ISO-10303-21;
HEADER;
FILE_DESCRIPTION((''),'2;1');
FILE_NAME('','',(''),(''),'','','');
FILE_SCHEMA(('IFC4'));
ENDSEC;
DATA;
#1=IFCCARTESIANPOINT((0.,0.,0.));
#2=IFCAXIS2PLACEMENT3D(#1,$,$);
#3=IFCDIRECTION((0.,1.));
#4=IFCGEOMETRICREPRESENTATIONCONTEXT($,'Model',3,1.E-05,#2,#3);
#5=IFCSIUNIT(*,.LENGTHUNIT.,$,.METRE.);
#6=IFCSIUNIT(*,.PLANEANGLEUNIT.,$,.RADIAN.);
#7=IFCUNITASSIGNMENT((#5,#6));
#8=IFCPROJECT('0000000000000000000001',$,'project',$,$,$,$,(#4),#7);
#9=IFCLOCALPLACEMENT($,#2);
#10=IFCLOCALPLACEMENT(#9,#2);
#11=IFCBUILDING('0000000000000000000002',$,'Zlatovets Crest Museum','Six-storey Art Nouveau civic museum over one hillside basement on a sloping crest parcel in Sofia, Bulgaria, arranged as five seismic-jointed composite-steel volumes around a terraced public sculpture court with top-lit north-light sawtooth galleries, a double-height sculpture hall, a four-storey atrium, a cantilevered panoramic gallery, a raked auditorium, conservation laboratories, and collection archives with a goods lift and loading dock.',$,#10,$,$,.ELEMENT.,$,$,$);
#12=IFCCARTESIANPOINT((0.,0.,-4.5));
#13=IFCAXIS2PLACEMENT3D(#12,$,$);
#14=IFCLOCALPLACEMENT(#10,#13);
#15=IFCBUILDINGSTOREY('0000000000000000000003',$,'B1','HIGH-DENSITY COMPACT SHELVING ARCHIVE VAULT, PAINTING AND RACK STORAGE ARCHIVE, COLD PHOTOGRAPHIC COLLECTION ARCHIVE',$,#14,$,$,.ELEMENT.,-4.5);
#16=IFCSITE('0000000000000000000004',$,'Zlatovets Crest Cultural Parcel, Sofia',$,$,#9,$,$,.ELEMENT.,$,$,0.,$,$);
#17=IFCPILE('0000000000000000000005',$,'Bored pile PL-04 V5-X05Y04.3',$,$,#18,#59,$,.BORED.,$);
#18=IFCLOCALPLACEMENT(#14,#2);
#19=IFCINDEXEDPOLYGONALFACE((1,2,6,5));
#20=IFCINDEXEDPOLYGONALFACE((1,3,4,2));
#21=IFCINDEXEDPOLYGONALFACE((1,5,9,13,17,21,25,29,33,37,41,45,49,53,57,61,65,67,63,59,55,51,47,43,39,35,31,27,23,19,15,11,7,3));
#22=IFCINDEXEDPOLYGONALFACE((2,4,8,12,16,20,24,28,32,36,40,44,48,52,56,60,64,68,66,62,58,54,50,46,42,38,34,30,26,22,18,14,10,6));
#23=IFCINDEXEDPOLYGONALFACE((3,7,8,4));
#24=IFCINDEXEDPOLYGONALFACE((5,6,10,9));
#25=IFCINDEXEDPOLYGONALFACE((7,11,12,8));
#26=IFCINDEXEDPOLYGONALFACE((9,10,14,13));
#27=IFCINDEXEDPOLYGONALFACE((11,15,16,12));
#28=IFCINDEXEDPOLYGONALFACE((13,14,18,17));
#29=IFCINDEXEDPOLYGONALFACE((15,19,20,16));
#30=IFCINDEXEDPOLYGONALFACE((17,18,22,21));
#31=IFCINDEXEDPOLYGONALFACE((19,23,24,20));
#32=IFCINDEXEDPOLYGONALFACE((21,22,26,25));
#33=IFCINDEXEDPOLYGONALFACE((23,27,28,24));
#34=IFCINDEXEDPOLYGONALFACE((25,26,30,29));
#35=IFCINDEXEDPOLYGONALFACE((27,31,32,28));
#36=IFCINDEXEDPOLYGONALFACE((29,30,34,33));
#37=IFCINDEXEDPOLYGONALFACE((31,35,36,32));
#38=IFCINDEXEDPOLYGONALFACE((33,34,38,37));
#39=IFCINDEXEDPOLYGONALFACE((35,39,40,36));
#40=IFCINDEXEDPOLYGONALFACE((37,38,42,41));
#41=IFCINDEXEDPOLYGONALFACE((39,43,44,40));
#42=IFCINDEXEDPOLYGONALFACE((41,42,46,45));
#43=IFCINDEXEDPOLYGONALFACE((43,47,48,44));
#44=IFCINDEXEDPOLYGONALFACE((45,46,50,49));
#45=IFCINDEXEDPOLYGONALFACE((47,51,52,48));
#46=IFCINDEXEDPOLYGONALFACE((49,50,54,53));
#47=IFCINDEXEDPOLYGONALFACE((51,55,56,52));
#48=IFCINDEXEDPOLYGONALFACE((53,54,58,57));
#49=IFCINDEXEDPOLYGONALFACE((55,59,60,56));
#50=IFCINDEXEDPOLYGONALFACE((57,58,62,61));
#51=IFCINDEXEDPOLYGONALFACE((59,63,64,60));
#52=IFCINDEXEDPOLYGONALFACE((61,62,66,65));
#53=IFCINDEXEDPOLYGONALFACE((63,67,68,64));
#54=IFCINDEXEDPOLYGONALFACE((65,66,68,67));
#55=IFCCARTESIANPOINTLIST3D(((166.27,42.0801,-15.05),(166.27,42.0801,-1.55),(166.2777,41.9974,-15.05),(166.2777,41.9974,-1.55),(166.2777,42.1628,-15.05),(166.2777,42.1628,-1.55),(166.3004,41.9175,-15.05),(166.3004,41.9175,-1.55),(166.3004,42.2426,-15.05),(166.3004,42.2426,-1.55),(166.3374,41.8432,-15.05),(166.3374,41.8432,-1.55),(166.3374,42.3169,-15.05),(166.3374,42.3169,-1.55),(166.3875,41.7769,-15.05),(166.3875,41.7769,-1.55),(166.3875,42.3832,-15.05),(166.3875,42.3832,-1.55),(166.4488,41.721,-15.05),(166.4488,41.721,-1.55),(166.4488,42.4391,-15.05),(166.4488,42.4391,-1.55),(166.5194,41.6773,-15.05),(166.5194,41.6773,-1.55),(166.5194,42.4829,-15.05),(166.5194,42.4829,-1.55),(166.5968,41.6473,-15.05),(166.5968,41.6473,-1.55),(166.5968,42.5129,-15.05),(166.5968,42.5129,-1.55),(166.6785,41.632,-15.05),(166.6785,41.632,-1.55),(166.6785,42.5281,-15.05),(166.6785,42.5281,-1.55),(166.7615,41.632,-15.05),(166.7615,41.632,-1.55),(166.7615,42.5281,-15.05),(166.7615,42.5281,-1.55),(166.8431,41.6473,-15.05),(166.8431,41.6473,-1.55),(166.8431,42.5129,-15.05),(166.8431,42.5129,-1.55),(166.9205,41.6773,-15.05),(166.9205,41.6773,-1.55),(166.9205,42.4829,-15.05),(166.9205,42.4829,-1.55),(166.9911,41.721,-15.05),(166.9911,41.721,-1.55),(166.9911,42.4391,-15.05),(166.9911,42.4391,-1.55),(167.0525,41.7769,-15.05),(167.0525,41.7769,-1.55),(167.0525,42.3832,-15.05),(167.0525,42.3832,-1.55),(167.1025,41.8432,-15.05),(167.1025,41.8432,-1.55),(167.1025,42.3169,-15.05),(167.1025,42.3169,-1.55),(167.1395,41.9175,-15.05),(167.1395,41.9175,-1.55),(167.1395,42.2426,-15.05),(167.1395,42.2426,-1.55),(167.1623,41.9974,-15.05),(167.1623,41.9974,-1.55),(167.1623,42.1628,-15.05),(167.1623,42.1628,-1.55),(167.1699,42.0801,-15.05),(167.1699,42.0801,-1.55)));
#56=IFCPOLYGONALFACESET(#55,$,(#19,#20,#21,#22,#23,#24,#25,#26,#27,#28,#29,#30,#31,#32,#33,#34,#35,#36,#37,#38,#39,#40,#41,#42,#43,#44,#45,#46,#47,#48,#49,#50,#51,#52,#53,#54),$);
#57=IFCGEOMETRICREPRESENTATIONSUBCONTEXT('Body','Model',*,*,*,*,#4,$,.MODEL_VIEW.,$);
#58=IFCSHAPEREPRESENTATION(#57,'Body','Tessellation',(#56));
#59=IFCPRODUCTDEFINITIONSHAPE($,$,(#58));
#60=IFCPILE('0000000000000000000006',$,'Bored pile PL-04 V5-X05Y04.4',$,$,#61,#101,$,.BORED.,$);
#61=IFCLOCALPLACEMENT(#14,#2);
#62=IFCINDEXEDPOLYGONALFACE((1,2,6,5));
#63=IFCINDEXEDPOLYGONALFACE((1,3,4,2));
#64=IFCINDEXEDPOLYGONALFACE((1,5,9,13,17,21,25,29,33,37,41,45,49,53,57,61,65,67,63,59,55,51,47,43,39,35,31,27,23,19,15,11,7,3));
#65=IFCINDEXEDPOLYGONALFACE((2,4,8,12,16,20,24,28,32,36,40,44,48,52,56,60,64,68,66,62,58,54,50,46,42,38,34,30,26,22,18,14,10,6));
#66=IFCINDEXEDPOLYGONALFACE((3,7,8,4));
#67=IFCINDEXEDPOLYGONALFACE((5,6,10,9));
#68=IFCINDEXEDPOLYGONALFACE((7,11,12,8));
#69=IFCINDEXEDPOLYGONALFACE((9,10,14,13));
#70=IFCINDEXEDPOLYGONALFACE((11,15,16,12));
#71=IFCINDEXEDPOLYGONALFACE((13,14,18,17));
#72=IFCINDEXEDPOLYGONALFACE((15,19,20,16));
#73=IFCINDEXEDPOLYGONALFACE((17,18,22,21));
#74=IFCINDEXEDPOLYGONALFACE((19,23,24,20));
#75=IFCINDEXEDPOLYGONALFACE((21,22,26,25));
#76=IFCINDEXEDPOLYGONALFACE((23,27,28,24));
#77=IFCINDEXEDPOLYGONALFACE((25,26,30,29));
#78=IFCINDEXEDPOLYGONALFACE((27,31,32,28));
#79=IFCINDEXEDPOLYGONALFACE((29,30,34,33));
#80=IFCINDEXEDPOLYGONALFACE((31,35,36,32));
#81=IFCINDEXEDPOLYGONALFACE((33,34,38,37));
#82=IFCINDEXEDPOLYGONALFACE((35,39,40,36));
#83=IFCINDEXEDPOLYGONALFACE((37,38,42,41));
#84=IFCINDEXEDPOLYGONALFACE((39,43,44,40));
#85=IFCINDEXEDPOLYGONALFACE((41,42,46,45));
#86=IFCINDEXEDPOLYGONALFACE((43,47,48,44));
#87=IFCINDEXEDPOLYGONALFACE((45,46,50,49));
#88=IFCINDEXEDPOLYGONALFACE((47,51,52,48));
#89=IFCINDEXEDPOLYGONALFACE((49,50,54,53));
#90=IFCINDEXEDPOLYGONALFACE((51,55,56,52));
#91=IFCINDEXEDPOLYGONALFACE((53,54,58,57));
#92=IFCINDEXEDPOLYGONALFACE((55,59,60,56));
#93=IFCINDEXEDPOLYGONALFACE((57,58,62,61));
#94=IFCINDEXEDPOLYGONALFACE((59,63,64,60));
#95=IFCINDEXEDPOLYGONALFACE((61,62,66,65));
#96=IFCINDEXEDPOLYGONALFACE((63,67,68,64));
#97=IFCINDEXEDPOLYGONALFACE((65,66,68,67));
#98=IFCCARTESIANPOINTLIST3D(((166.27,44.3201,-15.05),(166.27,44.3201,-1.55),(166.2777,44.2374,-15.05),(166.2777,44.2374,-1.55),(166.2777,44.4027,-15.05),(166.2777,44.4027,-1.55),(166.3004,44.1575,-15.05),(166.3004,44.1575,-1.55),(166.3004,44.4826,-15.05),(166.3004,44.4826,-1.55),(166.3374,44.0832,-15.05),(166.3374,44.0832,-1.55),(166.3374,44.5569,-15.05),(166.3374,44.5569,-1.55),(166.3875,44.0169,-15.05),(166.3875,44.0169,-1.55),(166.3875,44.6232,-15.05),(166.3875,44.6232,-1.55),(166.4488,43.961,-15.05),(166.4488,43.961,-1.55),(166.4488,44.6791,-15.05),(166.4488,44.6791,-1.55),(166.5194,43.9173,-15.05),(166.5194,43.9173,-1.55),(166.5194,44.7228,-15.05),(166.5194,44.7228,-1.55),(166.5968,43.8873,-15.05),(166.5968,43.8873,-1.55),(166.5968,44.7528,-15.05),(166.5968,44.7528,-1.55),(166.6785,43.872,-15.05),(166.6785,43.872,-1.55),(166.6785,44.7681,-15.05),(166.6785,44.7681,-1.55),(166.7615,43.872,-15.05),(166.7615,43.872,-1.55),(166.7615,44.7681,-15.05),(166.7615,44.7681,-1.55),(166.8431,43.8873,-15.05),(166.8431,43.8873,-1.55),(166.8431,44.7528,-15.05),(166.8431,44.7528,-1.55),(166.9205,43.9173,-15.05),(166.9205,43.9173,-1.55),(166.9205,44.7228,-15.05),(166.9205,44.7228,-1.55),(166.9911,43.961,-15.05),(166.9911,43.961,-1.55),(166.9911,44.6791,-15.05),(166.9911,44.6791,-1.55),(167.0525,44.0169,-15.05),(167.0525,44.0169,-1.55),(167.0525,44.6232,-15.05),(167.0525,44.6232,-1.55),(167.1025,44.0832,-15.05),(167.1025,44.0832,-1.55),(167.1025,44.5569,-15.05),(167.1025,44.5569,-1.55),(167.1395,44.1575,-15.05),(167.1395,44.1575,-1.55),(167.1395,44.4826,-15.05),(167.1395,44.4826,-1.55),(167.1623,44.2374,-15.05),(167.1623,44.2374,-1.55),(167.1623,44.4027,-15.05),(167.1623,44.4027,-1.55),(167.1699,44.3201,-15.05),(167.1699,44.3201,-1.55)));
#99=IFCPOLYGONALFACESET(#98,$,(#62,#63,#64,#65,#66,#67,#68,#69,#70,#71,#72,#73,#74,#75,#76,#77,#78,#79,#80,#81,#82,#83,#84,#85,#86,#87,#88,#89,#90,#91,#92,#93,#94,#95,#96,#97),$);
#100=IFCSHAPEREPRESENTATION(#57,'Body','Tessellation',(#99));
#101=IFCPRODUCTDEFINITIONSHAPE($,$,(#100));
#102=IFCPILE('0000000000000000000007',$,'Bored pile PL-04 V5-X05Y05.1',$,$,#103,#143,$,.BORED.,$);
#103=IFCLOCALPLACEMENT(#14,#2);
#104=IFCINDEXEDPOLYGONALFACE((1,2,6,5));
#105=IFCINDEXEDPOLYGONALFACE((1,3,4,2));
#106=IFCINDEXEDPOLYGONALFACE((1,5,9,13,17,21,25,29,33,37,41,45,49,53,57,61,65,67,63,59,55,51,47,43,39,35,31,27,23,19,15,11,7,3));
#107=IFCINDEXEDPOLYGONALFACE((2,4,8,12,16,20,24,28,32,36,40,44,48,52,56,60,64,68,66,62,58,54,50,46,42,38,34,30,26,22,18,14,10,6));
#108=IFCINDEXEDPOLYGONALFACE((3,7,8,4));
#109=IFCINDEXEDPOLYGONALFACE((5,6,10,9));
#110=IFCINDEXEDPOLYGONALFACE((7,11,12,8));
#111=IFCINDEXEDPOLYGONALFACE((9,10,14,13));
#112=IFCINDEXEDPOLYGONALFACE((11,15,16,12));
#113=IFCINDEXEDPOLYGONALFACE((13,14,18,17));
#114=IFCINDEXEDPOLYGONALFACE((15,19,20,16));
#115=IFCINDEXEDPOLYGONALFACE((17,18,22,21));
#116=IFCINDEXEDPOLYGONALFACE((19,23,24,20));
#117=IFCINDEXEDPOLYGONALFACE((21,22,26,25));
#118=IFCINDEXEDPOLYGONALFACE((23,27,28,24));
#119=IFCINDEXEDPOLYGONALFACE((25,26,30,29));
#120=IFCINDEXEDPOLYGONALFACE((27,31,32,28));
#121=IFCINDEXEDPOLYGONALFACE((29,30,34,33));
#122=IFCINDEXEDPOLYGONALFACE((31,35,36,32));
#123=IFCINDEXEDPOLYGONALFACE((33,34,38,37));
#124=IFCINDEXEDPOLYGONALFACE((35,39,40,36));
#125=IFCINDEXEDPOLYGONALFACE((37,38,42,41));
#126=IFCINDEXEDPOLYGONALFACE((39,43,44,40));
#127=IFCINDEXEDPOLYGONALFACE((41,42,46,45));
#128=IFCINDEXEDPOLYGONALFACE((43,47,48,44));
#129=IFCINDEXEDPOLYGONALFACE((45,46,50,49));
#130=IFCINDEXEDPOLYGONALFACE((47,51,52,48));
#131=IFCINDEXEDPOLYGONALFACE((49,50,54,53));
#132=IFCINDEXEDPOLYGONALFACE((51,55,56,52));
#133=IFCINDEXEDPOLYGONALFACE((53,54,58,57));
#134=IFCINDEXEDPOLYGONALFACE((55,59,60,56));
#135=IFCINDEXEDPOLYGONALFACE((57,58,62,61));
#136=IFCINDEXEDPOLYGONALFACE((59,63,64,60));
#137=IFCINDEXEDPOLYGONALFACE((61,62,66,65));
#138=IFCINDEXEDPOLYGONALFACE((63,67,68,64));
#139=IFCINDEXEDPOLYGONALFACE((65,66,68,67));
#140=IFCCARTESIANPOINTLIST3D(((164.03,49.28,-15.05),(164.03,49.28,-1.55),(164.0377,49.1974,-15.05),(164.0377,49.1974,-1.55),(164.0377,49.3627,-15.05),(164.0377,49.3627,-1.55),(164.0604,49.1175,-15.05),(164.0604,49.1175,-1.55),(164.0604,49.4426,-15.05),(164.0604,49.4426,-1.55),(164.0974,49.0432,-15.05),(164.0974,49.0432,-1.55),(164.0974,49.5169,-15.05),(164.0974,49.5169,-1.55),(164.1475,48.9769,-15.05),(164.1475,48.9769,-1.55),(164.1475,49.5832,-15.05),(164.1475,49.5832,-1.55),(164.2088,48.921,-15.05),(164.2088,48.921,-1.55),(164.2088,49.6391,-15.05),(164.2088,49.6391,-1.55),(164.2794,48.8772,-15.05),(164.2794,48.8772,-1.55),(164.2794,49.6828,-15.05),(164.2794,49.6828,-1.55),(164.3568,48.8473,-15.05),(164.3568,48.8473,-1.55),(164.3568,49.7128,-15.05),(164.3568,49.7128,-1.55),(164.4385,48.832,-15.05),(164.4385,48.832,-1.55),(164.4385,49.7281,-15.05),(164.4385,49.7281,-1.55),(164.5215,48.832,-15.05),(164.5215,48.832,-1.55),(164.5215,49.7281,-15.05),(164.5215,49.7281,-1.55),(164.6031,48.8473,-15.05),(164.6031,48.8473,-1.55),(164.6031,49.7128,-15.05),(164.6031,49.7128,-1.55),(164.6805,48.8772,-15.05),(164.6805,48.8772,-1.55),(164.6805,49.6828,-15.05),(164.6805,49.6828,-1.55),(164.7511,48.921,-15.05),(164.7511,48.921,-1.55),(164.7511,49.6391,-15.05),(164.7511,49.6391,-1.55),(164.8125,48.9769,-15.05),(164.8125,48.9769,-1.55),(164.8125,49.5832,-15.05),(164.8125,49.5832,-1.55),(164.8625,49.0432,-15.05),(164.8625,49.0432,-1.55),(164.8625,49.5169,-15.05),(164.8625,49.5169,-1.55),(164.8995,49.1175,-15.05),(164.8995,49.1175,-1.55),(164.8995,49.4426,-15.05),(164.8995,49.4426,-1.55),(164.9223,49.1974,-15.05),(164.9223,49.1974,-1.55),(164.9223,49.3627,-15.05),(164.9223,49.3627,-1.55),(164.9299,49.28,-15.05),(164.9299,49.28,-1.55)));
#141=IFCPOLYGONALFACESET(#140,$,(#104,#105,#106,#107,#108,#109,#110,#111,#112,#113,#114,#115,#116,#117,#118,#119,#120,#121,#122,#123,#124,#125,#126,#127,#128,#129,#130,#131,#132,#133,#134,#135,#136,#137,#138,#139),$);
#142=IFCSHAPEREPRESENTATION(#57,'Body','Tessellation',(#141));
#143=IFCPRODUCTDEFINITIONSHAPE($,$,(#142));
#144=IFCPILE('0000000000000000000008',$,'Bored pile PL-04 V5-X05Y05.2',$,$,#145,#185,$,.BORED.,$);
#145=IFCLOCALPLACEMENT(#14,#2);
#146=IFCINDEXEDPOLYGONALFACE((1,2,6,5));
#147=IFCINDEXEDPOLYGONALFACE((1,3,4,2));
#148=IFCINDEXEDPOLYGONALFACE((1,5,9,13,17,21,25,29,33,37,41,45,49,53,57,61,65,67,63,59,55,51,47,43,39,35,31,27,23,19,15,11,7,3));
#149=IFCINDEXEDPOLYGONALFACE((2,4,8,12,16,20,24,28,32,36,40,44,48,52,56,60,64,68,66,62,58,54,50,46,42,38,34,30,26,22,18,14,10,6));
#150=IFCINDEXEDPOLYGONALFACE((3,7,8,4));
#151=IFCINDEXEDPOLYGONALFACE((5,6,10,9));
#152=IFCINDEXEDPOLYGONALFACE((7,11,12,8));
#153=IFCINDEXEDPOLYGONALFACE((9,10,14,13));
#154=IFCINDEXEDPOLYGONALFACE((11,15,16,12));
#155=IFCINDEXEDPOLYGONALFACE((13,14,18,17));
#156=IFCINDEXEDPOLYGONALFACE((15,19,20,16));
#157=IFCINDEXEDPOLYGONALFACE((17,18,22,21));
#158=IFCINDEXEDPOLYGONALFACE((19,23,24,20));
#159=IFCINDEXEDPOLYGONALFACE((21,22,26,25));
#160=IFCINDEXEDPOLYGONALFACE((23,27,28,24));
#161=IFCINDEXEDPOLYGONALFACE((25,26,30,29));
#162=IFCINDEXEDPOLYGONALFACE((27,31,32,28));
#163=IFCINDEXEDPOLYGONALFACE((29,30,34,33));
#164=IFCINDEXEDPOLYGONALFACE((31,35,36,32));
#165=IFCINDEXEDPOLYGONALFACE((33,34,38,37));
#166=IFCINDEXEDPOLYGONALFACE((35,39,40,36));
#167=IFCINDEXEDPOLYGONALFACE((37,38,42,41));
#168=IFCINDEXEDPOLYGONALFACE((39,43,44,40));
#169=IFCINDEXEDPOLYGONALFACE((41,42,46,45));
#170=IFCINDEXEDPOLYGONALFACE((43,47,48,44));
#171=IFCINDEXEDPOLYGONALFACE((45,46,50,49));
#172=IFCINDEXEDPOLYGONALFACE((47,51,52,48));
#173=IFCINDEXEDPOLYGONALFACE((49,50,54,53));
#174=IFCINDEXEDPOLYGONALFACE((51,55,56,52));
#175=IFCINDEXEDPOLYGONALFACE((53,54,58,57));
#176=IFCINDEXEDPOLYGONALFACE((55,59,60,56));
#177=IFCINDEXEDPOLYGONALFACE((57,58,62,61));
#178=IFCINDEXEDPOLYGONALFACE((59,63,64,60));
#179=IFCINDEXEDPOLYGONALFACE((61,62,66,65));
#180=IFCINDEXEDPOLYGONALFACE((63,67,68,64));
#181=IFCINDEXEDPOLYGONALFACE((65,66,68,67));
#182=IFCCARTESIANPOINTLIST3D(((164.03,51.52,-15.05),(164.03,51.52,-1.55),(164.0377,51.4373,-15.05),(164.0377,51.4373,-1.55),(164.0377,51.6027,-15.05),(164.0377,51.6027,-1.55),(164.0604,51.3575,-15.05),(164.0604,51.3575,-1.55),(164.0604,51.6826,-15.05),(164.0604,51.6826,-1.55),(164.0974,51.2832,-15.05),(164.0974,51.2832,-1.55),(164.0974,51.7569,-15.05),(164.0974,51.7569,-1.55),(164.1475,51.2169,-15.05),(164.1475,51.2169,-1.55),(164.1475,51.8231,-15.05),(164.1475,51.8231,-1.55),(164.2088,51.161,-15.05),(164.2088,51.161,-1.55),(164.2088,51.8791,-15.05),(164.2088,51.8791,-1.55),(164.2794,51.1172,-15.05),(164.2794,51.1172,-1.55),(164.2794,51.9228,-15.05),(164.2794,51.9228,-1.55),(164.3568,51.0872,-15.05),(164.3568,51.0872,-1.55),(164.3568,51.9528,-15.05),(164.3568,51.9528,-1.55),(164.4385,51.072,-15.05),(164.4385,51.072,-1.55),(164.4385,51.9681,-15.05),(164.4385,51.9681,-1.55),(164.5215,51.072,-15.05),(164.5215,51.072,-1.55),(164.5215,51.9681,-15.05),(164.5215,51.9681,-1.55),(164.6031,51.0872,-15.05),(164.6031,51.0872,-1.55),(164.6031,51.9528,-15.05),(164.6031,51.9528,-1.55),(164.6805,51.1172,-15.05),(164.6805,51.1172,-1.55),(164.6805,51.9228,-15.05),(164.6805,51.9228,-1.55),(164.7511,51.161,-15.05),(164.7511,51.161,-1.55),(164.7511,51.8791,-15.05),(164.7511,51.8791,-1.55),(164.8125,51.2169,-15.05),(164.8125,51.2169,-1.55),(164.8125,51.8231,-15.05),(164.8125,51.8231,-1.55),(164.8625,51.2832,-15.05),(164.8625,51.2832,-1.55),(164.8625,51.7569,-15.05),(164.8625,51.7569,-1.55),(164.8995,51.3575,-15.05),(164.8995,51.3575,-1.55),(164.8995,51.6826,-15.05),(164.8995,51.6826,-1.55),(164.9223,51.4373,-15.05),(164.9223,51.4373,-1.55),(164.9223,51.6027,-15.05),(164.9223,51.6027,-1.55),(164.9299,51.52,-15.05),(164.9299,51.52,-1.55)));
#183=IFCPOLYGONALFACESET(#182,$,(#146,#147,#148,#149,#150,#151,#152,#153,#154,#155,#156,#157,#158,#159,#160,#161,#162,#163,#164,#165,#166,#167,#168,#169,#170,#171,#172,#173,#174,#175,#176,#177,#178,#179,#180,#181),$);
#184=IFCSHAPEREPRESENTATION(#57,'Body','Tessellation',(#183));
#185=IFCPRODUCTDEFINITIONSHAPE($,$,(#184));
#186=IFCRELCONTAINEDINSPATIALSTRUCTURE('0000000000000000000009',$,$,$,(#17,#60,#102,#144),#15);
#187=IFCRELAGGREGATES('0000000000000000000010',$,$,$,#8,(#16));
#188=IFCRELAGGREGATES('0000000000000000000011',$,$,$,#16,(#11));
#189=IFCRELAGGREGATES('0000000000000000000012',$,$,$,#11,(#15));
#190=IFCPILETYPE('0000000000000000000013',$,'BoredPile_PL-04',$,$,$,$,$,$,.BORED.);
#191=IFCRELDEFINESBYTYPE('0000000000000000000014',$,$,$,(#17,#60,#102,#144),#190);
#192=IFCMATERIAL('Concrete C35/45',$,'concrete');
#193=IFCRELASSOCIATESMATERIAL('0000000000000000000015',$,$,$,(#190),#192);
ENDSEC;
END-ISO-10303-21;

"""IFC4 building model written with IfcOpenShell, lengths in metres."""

from ifc_helpers import new_model, si_unit, direction, frame, origin, origin_2d, place, context, subcontext, project, spatial, circle, extrude, material, material_profile, profile_set, type_object, element, save


model = new_model("IFC4")

# Units and contexts
model_context = context("Model", 3, precision=1e-05, world=origin(), true_north=direction((0.0, 1.0)))
body_context = subcontext(model_context, "Body", "Model", "MODEL_VIEW")
ifc_project = project(units=[si_unit("LENGTHUNIT", "METRE"), si_unit("PLANEANGLEUNIT", "RADIAN")], contexts=[model_context])

# Site, building, storey
site_placement = place(None, origin())
site = spatial("IfcSite", under=ifc_project, at=site_placement, Name="Zlatovets Crest Cultural Parcel, Sofia", CompositionType="ELEMENT", RefElevation=0.0)
building_placement = place(site_placement, origin())
building = spatial("IfcBuilding", under=site, at=building_placement, Name="Zlatovets Crest Museum", Description="Six-storey Art Nouveau civic museum over one hillside basement on a sloping crest parcel in Sofia, Bulgaria, arranged as five seismic-jointed composite-steel volumes around a terraced public sculpture court with top-lit north-light sawtooth galleries, a double-height sculpture hall, a four-storey atrium, a cantilevered panoramic gallery, a raked auditorium, conservation laboratories, and collection archives with a goods lift and loading dock.", CompositionType="ELEMENT")
storey_placement = place(building_placement, frame((0.0, 0.0, -4.5)))
storey = spatial("IfcBuildingStorey", under=building, at=storey_placement, Name="B1", Description="HIGH-DENSITY COMPACT SHELVING ARCHIVE VAULT, PAINTING AND RACK STORAGE ARCHIVE, COLD PHOTOGRAPHIC COLLECTION ARCHIVE", CompositionType="ELEMENT", Elevation=-4.5)

# Piles
ifc_material = material(Name="Concrete C35/45", Category="concrete")
ifc_material_profile_1 = material_profile(ifc_material, circle(Radius=0.45, at=origin_2d()), Name="PILE D900")
ifc_profile_set_1 = profile_set([ifc_material_profile_1], Name="Concrete C35/45")
pile_type = type_object("IfcPileType", Name="BoredPile_PL-04", PredefinedType="BORED", material=ifc_profile_set_1)
for number, where, z_axis, x_axis, name in (
    (1, (166.72, 42.0801, -1.55), (0.0, 0.0, -1.0), (1.0, 0.0, 0.0), "Bored pile PL-04 V5-X05Y04.3"),
    (2, (166.72, 44.3201, -1.55), (0.0, 0.0, -1.0), (1.0, 0.0, 0.0), "Bored pile PL-04 V5-X05Y04.4"),
    (3, (164.48, 49.28, -1.55), (0.0, 0.0, -1.0), (1.0, 0.0, 0.0), "Bored pile PL-04 V5-X05Y05.1"),
    (4, (164.48, 51.52, -1.55), (0.0, 0.0, -1.0), (1.0, 0.0, 0.0), "Bored pile PL-04 V5-X05Y05.2"),
):
    element("IfcPile", number, at=place(storey_placement, frame(where, z_axis=z_axis, x_axis=x_axis)), inside=storey, type_object=pile_type, Name=name, PredefinedType="BORED", context=body_context, shape_type="SweptSolid", body=[
        extrude(circle(Radius=0.45, at=origin_2d()), origin(), (0.0, 0.0, 1.0), 13.5),
    ])

save(model, "model.ifc")
